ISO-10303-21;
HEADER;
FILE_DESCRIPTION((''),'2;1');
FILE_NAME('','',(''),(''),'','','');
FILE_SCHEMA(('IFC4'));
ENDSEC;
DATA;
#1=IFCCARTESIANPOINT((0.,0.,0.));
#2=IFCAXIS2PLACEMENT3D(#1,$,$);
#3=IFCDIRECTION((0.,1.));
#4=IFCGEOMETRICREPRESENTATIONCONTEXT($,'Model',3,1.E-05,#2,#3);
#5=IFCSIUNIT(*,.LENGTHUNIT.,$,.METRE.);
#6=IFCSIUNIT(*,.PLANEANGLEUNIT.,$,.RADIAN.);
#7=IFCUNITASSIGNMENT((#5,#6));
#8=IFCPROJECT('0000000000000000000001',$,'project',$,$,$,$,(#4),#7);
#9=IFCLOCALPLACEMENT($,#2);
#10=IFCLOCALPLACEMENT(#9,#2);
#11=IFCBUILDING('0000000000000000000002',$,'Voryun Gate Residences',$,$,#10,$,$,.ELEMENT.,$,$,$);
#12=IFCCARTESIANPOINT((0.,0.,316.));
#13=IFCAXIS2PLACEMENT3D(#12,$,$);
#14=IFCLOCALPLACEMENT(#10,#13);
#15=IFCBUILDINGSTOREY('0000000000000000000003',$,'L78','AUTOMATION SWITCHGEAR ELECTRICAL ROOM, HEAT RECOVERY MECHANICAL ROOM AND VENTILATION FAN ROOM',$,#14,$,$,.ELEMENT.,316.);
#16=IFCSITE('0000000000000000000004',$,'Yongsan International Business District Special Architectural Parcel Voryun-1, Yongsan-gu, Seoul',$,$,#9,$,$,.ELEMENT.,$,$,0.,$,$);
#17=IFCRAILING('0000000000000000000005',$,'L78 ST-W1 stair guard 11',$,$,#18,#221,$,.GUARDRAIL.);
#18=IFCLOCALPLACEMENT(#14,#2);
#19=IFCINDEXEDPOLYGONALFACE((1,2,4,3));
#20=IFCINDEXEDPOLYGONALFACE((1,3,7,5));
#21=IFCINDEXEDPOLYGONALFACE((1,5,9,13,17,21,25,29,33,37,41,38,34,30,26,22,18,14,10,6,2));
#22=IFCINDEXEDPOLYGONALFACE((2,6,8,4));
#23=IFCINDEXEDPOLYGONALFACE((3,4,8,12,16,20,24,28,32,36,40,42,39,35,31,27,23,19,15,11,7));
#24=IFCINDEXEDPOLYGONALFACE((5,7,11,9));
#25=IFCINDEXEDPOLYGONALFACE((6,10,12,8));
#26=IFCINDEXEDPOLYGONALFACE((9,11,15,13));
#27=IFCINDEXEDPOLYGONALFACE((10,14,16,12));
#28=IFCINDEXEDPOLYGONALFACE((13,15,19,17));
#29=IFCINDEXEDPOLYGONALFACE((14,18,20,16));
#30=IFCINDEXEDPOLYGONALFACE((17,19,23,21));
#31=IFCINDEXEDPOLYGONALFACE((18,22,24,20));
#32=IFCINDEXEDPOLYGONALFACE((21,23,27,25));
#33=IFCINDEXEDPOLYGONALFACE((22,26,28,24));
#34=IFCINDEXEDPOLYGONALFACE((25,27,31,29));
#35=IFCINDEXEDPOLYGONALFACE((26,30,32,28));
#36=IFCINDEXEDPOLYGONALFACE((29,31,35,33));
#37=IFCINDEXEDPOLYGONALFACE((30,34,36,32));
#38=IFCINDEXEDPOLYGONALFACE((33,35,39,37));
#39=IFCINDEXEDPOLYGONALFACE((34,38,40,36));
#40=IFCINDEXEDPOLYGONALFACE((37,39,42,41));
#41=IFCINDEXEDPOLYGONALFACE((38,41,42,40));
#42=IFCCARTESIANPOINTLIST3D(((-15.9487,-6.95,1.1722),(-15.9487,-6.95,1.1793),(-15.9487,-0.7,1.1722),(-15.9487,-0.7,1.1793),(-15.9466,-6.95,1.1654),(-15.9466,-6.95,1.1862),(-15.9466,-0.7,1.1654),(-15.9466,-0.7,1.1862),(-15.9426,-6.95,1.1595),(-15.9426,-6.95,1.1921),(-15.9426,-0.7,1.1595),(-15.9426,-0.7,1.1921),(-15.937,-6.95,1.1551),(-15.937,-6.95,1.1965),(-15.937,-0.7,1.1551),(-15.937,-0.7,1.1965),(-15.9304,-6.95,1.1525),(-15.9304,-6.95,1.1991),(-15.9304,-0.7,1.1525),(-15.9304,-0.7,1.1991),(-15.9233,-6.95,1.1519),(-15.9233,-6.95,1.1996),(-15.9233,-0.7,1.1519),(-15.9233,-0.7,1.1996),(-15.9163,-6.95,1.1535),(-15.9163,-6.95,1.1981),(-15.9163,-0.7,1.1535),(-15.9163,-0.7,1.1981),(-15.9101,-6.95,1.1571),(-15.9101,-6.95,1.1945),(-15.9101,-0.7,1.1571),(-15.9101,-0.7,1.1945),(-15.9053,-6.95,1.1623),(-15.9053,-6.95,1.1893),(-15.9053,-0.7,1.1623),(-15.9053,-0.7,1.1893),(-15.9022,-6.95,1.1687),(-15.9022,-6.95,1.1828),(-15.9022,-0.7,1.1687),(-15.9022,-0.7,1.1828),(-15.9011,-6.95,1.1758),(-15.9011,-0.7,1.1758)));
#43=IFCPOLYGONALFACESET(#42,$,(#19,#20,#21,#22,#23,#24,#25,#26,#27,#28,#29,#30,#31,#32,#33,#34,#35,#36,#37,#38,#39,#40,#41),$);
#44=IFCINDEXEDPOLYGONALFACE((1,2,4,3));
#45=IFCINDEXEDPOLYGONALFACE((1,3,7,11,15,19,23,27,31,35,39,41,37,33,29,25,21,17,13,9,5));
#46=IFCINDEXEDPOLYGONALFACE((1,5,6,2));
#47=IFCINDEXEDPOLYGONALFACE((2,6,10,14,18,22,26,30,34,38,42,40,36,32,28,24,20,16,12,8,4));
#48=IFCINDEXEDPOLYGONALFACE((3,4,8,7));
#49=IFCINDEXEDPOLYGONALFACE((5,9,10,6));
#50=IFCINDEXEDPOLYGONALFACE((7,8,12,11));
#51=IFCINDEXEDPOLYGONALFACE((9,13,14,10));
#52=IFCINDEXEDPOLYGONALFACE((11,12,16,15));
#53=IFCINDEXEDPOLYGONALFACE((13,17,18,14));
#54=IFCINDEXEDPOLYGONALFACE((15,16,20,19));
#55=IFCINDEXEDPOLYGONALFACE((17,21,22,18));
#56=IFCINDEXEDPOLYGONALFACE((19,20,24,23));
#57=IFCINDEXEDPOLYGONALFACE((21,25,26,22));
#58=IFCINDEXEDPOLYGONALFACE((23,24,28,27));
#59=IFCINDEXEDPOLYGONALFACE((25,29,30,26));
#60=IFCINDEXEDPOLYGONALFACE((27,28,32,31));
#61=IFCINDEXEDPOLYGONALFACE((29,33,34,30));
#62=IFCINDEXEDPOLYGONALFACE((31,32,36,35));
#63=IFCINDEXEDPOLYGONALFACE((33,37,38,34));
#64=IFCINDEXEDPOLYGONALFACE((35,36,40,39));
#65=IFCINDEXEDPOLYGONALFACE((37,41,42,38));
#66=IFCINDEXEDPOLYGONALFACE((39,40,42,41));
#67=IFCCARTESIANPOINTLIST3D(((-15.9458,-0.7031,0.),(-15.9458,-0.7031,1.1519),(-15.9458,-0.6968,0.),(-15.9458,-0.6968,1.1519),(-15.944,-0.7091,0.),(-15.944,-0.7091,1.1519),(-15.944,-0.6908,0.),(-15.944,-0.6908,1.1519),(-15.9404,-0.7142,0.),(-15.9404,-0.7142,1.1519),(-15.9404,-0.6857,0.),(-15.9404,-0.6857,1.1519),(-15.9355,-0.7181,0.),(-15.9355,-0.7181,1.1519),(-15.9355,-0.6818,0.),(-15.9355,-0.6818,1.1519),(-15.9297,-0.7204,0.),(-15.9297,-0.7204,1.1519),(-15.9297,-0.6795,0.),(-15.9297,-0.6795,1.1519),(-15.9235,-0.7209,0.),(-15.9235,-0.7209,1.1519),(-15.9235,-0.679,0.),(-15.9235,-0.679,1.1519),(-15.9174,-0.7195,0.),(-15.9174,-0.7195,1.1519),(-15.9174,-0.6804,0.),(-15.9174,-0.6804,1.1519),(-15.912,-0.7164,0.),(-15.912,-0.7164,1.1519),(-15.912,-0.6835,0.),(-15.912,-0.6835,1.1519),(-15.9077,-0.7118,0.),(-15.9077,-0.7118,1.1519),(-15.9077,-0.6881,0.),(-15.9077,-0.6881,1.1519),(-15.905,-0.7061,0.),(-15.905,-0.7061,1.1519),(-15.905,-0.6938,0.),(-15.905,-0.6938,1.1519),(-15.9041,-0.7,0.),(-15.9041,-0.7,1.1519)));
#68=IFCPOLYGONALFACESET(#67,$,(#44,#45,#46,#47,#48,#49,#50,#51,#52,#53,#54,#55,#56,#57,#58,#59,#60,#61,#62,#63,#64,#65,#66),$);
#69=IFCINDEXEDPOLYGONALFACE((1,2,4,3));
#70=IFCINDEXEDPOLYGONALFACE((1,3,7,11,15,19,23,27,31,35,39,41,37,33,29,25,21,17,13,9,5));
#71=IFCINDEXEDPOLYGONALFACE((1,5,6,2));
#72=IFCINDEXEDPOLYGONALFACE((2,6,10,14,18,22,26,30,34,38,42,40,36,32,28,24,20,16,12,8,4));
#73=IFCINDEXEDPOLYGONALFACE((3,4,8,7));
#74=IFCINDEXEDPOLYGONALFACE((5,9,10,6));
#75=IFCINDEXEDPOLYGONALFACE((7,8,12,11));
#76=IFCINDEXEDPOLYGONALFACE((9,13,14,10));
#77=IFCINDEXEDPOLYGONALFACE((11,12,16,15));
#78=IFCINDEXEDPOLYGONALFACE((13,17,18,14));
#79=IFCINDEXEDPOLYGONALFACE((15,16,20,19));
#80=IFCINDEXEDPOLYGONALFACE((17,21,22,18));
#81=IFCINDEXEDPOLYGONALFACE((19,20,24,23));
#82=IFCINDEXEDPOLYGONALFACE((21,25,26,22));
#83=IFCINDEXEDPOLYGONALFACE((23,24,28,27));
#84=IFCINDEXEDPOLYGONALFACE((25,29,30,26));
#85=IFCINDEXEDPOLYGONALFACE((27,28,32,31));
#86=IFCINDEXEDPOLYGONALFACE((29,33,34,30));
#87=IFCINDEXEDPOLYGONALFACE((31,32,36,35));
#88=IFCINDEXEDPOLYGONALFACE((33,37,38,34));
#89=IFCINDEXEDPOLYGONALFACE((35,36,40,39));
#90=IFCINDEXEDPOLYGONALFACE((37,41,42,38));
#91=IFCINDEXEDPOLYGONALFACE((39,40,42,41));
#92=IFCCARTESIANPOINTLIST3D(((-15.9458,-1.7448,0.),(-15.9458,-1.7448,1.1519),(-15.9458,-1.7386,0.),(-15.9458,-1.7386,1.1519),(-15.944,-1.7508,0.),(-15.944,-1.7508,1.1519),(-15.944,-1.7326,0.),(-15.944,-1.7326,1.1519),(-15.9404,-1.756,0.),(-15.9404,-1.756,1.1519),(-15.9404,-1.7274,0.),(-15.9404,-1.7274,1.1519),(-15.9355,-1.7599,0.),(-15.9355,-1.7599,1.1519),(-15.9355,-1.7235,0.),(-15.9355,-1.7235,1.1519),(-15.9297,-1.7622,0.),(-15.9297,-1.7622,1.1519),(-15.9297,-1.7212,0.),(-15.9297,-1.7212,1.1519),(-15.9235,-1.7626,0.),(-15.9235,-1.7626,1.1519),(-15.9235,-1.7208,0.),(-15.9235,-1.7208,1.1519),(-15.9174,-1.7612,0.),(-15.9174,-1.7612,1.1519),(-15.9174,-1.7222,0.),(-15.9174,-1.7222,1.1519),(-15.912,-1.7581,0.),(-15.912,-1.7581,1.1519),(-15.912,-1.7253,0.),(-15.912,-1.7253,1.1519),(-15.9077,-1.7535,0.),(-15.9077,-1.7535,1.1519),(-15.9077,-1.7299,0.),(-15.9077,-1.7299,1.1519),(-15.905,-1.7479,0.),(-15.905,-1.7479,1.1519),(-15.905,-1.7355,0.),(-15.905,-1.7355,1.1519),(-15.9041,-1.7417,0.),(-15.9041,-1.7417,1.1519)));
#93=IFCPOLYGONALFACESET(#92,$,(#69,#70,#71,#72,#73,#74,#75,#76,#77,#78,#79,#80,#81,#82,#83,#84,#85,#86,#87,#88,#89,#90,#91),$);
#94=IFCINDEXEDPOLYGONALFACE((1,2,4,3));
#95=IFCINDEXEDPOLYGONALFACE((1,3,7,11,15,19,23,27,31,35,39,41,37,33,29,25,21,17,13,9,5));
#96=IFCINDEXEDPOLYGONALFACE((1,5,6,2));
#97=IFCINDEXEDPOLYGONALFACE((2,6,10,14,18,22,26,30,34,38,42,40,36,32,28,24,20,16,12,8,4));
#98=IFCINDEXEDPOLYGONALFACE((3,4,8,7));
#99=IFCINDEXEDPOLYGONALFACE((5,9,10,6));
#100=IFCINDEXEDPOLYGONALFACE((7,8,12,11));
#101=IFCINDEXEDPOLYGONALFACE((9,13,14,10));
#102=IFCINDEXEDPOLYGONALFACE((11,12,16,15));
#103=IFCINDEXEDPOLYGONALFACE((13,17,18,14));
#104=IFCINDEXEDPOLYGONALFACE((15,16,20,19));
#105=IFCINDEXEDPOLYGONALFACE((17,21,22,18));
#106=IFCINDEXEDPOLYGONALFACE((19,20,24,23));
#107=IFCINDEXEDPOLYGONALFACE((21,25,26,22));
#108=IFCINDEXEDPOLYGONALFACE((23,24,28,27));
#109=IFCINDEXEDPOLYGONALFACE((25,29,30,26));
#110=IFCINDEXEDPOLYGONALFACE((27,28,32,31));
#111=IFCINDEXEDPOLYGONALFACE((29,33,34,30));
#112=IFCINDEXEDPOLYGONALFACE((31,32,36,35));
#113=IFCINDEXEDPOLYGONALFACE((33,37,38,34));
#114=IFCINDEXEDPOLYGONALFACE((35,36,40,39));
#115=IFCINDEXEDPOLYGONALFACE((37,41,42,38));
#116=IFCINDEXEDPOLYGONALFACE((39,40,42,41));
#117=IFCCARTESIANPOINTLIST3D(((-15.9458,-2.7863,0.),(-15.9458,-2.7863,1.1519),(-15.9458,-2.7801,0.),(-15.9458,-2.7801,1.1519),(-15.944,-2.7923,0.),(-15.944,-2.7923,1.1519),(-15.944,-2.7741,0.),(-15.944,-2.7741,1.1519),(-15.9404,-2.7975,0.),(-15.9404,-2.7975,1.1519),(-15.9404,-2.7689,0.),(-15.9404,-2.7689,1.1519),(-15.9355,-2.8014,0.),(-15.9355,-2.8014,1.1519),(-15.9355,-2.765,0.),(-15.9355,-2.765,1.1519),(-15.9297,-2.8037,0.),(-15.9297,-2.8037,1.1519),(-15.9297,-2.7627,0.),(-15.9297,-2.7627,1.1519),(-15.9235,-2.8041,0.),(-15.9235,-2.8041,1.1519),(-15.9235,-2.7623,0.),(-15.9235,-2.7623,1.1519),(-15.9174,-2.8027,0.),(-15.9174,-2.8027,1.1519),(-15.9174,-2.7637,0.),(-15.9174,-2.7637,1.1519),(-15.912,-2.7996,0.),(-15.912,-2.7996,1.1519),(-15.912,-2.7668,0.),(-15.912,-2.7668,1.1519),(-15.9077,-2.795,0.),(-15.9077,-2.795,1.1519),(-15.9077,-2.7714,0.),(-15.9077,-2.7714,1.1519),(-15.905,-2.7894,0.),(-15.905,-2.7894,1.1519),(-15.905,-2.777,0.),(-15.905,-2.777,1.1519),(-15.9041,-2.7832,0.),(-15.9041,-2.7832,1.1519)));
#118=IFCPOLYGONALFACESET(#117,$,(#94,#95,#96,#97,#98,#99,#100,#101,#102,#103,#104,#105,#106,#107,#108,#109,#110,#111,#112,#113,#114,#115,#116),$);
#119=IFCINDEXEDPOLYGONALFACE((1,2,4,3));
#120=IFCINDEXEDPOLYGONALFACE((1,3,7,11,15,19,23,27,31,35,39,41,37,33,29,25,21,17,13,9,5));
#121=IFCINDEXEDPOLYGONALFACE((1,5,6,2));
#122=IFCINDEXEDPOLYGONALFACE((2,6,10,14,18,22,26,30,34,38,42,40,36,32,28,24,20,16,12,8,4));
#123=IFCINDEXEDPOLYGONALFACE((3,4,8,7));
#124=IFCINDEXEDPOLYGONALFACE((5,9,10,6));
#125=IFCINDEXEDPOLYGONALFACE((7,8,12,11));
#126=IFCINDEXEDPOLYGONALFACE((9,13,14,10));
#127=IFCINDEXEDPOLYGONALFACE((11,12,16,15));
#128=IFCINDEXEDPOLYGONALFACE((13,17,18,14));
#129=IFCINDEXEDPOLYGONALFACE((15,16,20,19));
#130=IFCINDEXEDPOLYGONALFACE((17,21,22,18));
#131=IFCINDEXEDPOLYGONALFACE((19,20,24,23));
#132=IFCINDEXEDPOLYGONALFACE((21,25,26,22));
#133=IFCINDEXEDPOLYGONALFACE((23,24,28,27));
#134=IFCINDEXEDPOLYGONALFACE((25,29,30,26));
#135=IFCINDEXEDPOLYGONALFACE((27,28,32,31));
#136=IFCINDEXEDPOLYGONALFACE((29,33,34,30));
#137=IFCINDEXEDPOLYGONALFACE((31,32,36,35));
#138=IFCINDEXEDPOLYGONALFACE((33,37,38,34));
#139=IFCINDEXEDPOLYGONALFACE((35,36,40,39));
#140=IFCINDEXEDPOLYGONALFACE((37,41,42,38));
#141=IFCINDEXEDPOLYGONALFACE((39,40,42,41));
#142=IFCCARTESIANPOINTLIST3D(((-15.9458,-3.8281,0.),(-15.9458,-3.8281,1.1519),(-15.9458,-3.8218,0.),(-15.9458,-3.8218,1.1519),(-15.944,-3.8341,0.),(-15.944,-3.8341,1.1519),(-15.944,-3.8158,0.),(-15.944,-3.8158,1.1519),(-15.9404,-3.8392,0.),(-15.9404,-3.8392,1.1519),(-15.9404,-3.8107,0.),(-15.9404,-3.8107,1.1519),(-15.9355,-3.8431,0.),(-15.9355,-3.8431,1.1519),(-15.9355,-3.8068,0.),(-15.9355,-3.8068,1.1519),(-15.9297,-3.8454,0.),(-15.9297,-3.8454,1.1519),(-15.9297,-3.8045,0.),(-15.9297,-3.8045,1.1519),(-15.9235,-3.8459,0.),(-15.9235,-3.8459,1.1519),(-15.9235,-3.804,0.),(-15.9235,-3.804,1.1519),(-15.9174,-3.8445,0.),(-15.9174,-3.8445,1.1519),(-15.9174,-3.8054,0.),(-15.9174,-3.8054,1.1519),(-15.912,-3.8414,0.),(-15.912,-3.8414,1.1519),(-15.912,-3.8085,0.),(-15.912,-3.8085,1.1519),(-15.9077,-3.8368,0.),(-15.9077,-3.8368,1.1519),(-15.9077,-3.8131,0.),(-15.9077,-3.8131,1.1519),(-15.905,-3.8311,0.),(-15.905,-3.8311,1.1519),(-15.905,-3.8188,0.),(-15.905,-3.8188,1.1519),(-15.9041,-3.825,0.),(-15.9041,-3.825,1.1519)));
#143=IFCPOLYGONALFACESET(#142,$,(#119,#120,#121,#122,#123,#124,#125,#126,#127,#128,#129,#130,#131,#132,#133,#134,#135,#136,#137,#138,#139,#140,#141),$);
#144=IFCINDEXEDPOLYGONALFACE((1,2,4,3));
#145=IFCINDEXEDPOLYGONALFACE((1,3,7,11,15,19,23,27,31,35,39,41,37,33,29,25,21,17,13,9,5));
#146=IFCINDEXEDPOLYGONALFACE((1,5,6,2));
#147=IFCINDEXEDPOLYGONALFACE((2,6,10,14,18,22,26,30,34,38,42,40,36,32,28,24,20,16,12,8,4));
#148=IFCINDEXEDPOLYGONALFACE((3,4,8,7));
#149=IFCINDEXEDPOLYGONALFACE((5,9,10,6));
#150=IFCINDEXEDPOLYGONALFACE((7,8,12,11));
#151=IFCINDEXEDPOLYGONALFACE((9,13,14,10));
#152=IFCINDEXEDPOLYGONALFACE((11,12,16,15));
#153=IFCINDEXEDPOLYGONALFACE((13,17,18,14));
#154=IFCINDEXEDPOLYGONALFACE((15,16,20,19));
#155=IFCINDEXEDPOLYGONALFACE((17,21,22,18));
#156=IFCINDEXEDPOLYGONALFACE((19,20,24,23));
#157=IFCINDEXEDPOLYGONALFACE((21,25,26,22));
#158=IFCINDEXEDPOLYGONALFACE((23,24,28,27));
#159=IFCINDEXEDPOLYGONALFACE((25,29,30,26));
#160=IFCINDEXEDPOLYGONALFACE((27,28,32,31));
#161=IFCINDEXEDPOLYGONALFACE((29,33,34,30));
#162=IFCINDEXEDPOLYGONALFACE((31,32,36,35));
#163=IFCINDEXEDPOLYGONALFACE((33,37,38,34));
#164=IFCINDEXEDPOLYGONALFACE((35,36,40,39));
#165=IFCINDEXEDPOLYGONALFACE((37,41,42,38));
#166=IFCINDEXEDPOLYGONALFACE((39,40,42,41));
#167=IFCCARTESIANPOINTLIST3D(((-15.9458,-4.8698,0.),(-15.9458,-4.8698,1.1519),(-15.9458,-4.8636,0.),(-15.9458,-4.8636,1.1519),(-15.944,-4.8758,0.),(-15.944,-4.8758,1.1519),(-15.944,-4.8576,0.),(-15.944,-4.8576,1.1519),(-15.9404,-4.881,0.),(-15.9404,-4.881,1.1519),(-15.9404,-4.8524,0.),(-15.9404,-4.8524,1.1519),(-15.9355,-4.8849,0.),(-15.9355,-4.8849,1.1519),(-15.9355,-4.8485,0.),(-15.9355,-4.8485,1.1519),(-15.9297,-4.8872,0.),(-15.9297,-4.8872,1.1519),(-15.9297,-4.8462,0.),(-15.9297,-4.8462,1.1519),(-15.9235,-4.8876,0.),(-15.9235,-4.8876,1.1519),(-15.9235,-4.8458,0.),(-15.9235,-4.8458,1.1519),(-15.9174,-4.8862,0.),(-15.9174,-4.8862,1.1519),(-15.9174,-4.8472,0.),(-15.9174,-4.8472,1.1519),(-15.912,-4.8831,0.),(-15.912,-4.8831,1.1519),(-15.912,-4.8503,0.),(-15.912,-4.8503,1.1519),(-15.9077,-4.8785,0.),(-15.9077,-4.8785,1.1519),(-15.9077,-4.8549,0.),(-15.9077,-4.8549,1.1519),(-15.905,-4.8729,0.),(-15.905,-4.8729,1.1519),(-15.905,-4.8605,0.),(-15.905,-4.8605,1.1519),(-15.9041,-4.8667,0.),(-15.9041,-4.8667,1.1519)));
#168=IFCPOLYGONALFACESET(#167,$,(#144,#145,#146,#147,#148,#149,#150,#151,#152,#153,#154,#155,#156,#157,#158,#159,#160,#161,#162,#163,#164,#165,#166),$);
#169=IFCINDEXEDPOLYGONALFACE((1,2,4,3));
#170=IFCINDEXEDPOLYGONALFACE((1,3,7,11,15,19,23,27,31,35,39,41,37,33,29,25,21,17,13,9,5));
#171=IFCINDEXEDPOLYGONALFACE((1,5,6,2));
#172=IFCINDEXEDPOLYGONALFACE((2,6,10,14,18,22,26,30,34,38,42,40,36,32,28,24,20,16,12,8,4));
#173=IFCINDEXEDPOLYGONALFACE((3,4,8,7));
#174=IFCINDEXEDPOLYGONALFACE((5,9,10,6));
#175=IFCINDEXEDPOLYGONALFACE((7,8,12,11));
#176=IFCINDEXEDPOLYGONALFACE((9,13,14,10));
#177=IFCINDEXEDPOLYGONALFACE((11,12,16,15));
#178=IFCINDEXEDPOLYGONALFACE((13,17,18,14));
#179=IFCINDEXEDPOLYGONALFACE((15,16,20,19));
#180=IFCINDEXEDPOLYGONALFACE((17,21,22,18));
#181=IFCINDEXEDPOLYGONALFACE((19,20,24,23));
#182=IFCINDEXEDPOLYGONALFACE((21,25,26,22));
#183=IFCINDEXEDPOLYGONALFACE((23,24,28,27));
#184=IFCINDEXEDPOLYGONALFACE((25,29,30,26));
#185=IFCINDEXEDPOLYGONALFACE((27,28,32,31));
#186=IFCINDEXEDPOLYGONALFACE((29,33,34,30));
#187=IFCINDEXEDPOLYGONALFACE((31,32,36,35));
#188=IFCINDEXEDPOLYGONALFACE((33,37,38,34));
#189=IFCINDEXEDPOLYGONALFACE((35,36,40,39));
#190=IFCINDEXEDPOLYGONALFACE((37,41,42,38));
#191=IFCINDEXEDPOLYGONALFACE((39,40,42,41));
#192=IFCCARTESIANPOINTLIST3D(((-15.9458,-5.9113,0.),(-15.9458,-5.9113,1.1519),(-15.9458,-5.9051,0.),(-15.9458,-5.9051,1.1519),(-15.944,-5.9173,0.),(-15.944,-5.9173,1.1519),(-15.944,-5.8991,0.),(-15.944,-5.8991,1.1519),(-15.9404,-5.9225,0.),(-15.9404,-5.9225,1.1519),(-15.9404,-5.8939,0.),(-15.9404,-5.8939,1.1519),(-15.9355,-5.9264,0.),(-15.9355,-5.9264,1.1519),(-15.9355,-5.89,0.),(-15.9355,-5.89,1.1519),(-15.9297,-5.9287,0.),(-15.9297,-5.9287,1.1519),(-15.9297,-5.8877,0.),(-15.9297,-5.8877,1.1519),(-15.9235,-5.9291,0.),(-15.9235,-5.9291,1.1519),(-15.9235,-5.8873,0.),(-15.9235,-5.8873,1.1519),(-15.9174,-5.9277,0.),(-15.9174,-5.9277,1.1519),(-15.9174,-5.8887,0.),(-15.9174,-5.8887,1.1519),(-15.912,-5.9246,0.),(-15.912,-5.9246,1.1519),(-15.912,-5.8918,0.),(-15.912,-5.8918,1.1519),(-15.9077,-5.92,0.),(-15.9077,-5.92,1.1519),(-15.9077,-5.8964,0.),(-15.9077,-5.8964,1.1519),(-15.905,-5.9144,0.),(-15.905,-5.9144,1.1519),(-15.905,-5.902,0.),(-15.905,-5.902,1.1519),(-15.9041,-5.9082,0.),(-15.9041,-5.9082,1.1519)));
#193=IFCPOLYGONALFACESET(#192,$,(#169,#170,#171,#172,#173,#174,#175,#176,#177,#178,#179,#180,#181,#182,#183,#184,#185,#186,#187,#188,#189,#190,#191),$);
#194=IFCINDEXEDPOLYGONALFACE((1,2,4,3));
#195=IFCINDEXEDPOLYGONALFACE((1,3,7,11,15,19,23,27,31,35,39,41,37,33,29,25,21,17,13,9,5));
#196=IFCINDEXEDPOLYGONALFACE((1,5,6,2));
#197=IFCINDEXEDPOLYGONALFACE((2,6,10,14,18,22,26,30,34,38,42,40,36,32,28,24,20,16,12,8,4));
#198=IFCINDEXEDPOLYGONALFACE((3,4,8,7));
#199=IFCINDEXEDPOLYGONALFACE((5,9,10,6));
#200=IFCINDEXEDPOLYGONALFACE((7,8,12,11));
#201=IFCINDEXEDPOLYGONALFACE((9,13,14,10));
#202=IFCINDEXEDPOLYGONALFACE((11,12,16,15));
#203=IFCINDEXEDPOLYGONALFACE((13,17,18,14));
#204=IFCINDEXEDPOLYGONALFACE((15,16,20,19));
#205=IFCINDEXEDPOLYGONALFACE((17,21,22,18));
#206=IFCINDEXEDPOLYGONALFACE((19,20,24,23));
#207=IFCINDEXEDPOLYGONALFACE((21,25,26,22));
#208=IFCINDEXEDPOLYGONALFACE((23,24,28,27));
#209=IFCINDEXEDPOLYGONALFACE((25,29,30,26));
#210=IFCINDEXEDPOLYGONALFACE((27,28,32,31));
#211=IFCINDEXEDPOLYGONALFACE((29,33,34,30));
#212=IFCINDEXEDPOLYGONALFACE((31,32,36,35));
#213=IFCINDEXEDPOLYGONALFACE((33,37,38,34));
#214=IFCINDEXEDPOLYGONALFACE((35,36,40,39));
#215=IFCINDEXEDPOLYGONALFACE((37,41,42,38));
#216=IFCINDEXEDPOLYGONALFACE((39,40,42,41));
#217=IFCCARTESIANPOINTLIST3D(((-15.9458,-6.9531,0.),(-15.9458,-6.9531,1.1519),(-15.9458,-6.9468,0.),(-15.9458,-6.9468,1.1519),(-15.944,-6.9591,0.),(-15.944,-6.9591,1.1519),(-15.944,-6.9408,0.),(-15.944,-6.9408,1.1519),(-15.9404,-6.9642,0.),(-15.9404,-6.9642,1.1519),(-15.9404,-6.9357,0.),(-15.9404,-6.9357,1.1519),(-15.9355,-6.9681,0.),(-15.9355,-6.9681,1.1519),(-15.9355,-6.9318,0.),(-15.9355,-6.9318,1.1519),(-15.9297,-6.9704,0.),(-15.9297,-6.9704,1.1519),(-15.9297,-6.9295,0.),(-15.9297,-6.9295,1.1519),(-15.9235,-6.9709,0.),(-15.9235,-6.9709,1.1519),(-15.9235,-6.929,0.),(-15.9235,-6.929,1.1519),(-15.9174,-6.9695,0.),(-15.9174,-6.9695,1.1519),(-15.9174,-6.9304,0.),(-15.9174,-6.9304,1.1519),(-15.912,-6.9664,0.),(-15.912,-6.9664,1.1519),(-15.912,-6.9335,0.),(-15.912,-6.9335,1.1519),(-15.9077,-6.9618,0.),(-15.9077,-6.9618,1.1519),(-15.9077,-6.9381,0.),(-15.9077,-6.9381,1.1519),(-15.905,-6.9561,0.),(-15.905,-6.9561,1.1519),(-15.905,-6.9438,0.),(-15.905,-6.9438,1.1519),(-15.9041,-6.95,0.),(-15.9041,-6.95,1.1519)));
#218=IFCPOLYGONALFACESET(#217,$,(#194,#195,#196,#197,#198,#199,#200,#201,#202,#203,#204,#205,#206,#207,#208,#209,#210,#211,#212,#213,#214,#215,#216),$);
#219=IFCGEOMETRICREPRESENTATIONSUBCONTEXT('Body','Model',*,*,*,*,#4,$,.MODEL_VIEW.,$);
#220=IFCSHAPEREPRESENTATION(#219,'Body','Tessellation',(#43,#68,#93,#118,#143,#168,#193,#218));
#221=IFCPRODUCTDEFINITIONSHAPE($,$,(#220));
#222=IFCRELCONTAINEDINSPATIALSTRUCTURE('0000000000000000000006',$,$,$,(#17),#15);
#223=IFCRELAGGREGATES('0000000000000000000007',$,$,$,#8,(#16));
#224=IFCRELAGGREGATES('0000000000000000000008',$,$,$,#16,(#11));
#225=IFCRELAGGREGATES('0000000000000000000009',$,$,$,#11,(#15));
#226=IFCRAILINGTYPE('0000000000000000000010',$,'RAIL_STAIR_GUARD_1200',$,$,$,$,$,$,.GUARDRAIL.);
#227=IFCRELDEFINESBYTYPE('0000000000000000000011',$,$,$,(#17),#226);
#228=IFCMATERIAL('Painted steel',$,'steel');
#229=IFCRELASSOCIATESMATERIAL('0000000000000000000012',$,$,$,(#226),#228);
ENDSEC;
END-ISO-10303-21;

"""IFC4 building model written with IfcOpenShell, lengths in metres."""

from ifc_helpers import new_model, si_unit, direction, frame, origin, origin_2d, place, context, subcontext, project, spatial, circle, extrude, material, type_object, element, save


model = new_model("IFC4")

# Units and contexts
model_context = context("Model", 3, precision=1e-05, world=origin(), true_north=direction((0.0, 1.0)))
body_context = subcontext(model_context, "Body", "Model", "MODEL_VIEW")
ifc_project = project(units=[si_unit("LENGTHUNIT", "METRE"), si_unit("PLANEANGLEUNIT", "RADIAN")], contexts=[model_context])

# Site, building, storey
site_placement = place(None, origin())
site = spatial("IfcSite", under=ifc_project, at=site_placement, Name="Yongsan International Business District Special Architectural Parcel Voryun-1, Yongsan-gu, Seoul", CompositionType="ELEMENT", RefElevation=0.0)
building_placement = place(site_placement, origin())
building = spatial("IfcBuilding", under=site, at=building_placement, Name="Voryun Gate Residences", CompositionType="ELEMENT")
storey_placement = place(building_placement, frame((0.0, 0.0, 316.0)))
storey = spatial("IfcBuildingStorey", under=building, at=storey_placement, Name="L78", Description="AUTOMATION SWITCHGEAR ELECTRICAL ROOM, HEAT RECOVERY MECHANICAL ROOM AND VENTILATION FAN ROOM", CompositionType="ELEMENT", Elevation=316.0)

# Railing
ifc_material_1 = material(Name="Painted steel", Category="steel")
railing_type_1 = type_object("IfcRailingType", Name="RAIL_STAIR_GUARD_1200", PredefinedType="GUARDRAIL", material=ifc_material_1)
railing_1_placement = place(storey_placement, frame((-15.925, -0.7, 0.0)))
element("IfcRailing", 1, at=railing_1_placement, inside=storey, type_object=railing_type_1, Name="L78 ST-W1 stair guard 11", PredefinedType="GUARDRAIL", context=body_context, shape_type="SweptSolid", body=[
    extrude(circle(Radius=0.0239, at=origin_2d()), frame((0.0, 0.0, 1.1758), z_axis=(0.0, -1.0, 0.0), x_axis=(1.0, 0.0, 0.0)), (0.0, 0.0, 1.0), 6.25),
    extrude(circle(Radius=0.021, at=origin_2d()), origin(), (0.0, 0.0, 1.0), 1.1519),
    extrude(circle(Radius=0.021, at=origin_2d()), frame((0.0, -1.0417, 0.0)), (0.0, 0.0, 1.0), 1.1519),
    extrude(circle(Radius=0.021, at=origin_2d()), frame((0.0, -2.0833, 0.0)), (0.0, 0.0, 1.0), 1.1519),
    extrude(circle(Radius=0.021, at=origin_2d()), frame((0.0, -3.125, 0.0)), (0.0, 0.0, 1.0), 1.1519),
    extrude(circle(Radius=0.021, at=origin_2d()), frame((0.0, -4.1667, 0.0)), (0.0, 0.0, 1.0), 1.1519),
    extrude(circle(Radius=0.021, at=origin_2d()), frame((0.0, -5.2083, 0.0)), (0.0, 0.0, 1.0), 1.1519),
    extrude(circle(Radius=0.021, at=origin_2d()), frame((0.0, -6.25, 0.0)), (0.0, 0.0, 1.0), 1.1519),
])

save(model, "model.ifc")
